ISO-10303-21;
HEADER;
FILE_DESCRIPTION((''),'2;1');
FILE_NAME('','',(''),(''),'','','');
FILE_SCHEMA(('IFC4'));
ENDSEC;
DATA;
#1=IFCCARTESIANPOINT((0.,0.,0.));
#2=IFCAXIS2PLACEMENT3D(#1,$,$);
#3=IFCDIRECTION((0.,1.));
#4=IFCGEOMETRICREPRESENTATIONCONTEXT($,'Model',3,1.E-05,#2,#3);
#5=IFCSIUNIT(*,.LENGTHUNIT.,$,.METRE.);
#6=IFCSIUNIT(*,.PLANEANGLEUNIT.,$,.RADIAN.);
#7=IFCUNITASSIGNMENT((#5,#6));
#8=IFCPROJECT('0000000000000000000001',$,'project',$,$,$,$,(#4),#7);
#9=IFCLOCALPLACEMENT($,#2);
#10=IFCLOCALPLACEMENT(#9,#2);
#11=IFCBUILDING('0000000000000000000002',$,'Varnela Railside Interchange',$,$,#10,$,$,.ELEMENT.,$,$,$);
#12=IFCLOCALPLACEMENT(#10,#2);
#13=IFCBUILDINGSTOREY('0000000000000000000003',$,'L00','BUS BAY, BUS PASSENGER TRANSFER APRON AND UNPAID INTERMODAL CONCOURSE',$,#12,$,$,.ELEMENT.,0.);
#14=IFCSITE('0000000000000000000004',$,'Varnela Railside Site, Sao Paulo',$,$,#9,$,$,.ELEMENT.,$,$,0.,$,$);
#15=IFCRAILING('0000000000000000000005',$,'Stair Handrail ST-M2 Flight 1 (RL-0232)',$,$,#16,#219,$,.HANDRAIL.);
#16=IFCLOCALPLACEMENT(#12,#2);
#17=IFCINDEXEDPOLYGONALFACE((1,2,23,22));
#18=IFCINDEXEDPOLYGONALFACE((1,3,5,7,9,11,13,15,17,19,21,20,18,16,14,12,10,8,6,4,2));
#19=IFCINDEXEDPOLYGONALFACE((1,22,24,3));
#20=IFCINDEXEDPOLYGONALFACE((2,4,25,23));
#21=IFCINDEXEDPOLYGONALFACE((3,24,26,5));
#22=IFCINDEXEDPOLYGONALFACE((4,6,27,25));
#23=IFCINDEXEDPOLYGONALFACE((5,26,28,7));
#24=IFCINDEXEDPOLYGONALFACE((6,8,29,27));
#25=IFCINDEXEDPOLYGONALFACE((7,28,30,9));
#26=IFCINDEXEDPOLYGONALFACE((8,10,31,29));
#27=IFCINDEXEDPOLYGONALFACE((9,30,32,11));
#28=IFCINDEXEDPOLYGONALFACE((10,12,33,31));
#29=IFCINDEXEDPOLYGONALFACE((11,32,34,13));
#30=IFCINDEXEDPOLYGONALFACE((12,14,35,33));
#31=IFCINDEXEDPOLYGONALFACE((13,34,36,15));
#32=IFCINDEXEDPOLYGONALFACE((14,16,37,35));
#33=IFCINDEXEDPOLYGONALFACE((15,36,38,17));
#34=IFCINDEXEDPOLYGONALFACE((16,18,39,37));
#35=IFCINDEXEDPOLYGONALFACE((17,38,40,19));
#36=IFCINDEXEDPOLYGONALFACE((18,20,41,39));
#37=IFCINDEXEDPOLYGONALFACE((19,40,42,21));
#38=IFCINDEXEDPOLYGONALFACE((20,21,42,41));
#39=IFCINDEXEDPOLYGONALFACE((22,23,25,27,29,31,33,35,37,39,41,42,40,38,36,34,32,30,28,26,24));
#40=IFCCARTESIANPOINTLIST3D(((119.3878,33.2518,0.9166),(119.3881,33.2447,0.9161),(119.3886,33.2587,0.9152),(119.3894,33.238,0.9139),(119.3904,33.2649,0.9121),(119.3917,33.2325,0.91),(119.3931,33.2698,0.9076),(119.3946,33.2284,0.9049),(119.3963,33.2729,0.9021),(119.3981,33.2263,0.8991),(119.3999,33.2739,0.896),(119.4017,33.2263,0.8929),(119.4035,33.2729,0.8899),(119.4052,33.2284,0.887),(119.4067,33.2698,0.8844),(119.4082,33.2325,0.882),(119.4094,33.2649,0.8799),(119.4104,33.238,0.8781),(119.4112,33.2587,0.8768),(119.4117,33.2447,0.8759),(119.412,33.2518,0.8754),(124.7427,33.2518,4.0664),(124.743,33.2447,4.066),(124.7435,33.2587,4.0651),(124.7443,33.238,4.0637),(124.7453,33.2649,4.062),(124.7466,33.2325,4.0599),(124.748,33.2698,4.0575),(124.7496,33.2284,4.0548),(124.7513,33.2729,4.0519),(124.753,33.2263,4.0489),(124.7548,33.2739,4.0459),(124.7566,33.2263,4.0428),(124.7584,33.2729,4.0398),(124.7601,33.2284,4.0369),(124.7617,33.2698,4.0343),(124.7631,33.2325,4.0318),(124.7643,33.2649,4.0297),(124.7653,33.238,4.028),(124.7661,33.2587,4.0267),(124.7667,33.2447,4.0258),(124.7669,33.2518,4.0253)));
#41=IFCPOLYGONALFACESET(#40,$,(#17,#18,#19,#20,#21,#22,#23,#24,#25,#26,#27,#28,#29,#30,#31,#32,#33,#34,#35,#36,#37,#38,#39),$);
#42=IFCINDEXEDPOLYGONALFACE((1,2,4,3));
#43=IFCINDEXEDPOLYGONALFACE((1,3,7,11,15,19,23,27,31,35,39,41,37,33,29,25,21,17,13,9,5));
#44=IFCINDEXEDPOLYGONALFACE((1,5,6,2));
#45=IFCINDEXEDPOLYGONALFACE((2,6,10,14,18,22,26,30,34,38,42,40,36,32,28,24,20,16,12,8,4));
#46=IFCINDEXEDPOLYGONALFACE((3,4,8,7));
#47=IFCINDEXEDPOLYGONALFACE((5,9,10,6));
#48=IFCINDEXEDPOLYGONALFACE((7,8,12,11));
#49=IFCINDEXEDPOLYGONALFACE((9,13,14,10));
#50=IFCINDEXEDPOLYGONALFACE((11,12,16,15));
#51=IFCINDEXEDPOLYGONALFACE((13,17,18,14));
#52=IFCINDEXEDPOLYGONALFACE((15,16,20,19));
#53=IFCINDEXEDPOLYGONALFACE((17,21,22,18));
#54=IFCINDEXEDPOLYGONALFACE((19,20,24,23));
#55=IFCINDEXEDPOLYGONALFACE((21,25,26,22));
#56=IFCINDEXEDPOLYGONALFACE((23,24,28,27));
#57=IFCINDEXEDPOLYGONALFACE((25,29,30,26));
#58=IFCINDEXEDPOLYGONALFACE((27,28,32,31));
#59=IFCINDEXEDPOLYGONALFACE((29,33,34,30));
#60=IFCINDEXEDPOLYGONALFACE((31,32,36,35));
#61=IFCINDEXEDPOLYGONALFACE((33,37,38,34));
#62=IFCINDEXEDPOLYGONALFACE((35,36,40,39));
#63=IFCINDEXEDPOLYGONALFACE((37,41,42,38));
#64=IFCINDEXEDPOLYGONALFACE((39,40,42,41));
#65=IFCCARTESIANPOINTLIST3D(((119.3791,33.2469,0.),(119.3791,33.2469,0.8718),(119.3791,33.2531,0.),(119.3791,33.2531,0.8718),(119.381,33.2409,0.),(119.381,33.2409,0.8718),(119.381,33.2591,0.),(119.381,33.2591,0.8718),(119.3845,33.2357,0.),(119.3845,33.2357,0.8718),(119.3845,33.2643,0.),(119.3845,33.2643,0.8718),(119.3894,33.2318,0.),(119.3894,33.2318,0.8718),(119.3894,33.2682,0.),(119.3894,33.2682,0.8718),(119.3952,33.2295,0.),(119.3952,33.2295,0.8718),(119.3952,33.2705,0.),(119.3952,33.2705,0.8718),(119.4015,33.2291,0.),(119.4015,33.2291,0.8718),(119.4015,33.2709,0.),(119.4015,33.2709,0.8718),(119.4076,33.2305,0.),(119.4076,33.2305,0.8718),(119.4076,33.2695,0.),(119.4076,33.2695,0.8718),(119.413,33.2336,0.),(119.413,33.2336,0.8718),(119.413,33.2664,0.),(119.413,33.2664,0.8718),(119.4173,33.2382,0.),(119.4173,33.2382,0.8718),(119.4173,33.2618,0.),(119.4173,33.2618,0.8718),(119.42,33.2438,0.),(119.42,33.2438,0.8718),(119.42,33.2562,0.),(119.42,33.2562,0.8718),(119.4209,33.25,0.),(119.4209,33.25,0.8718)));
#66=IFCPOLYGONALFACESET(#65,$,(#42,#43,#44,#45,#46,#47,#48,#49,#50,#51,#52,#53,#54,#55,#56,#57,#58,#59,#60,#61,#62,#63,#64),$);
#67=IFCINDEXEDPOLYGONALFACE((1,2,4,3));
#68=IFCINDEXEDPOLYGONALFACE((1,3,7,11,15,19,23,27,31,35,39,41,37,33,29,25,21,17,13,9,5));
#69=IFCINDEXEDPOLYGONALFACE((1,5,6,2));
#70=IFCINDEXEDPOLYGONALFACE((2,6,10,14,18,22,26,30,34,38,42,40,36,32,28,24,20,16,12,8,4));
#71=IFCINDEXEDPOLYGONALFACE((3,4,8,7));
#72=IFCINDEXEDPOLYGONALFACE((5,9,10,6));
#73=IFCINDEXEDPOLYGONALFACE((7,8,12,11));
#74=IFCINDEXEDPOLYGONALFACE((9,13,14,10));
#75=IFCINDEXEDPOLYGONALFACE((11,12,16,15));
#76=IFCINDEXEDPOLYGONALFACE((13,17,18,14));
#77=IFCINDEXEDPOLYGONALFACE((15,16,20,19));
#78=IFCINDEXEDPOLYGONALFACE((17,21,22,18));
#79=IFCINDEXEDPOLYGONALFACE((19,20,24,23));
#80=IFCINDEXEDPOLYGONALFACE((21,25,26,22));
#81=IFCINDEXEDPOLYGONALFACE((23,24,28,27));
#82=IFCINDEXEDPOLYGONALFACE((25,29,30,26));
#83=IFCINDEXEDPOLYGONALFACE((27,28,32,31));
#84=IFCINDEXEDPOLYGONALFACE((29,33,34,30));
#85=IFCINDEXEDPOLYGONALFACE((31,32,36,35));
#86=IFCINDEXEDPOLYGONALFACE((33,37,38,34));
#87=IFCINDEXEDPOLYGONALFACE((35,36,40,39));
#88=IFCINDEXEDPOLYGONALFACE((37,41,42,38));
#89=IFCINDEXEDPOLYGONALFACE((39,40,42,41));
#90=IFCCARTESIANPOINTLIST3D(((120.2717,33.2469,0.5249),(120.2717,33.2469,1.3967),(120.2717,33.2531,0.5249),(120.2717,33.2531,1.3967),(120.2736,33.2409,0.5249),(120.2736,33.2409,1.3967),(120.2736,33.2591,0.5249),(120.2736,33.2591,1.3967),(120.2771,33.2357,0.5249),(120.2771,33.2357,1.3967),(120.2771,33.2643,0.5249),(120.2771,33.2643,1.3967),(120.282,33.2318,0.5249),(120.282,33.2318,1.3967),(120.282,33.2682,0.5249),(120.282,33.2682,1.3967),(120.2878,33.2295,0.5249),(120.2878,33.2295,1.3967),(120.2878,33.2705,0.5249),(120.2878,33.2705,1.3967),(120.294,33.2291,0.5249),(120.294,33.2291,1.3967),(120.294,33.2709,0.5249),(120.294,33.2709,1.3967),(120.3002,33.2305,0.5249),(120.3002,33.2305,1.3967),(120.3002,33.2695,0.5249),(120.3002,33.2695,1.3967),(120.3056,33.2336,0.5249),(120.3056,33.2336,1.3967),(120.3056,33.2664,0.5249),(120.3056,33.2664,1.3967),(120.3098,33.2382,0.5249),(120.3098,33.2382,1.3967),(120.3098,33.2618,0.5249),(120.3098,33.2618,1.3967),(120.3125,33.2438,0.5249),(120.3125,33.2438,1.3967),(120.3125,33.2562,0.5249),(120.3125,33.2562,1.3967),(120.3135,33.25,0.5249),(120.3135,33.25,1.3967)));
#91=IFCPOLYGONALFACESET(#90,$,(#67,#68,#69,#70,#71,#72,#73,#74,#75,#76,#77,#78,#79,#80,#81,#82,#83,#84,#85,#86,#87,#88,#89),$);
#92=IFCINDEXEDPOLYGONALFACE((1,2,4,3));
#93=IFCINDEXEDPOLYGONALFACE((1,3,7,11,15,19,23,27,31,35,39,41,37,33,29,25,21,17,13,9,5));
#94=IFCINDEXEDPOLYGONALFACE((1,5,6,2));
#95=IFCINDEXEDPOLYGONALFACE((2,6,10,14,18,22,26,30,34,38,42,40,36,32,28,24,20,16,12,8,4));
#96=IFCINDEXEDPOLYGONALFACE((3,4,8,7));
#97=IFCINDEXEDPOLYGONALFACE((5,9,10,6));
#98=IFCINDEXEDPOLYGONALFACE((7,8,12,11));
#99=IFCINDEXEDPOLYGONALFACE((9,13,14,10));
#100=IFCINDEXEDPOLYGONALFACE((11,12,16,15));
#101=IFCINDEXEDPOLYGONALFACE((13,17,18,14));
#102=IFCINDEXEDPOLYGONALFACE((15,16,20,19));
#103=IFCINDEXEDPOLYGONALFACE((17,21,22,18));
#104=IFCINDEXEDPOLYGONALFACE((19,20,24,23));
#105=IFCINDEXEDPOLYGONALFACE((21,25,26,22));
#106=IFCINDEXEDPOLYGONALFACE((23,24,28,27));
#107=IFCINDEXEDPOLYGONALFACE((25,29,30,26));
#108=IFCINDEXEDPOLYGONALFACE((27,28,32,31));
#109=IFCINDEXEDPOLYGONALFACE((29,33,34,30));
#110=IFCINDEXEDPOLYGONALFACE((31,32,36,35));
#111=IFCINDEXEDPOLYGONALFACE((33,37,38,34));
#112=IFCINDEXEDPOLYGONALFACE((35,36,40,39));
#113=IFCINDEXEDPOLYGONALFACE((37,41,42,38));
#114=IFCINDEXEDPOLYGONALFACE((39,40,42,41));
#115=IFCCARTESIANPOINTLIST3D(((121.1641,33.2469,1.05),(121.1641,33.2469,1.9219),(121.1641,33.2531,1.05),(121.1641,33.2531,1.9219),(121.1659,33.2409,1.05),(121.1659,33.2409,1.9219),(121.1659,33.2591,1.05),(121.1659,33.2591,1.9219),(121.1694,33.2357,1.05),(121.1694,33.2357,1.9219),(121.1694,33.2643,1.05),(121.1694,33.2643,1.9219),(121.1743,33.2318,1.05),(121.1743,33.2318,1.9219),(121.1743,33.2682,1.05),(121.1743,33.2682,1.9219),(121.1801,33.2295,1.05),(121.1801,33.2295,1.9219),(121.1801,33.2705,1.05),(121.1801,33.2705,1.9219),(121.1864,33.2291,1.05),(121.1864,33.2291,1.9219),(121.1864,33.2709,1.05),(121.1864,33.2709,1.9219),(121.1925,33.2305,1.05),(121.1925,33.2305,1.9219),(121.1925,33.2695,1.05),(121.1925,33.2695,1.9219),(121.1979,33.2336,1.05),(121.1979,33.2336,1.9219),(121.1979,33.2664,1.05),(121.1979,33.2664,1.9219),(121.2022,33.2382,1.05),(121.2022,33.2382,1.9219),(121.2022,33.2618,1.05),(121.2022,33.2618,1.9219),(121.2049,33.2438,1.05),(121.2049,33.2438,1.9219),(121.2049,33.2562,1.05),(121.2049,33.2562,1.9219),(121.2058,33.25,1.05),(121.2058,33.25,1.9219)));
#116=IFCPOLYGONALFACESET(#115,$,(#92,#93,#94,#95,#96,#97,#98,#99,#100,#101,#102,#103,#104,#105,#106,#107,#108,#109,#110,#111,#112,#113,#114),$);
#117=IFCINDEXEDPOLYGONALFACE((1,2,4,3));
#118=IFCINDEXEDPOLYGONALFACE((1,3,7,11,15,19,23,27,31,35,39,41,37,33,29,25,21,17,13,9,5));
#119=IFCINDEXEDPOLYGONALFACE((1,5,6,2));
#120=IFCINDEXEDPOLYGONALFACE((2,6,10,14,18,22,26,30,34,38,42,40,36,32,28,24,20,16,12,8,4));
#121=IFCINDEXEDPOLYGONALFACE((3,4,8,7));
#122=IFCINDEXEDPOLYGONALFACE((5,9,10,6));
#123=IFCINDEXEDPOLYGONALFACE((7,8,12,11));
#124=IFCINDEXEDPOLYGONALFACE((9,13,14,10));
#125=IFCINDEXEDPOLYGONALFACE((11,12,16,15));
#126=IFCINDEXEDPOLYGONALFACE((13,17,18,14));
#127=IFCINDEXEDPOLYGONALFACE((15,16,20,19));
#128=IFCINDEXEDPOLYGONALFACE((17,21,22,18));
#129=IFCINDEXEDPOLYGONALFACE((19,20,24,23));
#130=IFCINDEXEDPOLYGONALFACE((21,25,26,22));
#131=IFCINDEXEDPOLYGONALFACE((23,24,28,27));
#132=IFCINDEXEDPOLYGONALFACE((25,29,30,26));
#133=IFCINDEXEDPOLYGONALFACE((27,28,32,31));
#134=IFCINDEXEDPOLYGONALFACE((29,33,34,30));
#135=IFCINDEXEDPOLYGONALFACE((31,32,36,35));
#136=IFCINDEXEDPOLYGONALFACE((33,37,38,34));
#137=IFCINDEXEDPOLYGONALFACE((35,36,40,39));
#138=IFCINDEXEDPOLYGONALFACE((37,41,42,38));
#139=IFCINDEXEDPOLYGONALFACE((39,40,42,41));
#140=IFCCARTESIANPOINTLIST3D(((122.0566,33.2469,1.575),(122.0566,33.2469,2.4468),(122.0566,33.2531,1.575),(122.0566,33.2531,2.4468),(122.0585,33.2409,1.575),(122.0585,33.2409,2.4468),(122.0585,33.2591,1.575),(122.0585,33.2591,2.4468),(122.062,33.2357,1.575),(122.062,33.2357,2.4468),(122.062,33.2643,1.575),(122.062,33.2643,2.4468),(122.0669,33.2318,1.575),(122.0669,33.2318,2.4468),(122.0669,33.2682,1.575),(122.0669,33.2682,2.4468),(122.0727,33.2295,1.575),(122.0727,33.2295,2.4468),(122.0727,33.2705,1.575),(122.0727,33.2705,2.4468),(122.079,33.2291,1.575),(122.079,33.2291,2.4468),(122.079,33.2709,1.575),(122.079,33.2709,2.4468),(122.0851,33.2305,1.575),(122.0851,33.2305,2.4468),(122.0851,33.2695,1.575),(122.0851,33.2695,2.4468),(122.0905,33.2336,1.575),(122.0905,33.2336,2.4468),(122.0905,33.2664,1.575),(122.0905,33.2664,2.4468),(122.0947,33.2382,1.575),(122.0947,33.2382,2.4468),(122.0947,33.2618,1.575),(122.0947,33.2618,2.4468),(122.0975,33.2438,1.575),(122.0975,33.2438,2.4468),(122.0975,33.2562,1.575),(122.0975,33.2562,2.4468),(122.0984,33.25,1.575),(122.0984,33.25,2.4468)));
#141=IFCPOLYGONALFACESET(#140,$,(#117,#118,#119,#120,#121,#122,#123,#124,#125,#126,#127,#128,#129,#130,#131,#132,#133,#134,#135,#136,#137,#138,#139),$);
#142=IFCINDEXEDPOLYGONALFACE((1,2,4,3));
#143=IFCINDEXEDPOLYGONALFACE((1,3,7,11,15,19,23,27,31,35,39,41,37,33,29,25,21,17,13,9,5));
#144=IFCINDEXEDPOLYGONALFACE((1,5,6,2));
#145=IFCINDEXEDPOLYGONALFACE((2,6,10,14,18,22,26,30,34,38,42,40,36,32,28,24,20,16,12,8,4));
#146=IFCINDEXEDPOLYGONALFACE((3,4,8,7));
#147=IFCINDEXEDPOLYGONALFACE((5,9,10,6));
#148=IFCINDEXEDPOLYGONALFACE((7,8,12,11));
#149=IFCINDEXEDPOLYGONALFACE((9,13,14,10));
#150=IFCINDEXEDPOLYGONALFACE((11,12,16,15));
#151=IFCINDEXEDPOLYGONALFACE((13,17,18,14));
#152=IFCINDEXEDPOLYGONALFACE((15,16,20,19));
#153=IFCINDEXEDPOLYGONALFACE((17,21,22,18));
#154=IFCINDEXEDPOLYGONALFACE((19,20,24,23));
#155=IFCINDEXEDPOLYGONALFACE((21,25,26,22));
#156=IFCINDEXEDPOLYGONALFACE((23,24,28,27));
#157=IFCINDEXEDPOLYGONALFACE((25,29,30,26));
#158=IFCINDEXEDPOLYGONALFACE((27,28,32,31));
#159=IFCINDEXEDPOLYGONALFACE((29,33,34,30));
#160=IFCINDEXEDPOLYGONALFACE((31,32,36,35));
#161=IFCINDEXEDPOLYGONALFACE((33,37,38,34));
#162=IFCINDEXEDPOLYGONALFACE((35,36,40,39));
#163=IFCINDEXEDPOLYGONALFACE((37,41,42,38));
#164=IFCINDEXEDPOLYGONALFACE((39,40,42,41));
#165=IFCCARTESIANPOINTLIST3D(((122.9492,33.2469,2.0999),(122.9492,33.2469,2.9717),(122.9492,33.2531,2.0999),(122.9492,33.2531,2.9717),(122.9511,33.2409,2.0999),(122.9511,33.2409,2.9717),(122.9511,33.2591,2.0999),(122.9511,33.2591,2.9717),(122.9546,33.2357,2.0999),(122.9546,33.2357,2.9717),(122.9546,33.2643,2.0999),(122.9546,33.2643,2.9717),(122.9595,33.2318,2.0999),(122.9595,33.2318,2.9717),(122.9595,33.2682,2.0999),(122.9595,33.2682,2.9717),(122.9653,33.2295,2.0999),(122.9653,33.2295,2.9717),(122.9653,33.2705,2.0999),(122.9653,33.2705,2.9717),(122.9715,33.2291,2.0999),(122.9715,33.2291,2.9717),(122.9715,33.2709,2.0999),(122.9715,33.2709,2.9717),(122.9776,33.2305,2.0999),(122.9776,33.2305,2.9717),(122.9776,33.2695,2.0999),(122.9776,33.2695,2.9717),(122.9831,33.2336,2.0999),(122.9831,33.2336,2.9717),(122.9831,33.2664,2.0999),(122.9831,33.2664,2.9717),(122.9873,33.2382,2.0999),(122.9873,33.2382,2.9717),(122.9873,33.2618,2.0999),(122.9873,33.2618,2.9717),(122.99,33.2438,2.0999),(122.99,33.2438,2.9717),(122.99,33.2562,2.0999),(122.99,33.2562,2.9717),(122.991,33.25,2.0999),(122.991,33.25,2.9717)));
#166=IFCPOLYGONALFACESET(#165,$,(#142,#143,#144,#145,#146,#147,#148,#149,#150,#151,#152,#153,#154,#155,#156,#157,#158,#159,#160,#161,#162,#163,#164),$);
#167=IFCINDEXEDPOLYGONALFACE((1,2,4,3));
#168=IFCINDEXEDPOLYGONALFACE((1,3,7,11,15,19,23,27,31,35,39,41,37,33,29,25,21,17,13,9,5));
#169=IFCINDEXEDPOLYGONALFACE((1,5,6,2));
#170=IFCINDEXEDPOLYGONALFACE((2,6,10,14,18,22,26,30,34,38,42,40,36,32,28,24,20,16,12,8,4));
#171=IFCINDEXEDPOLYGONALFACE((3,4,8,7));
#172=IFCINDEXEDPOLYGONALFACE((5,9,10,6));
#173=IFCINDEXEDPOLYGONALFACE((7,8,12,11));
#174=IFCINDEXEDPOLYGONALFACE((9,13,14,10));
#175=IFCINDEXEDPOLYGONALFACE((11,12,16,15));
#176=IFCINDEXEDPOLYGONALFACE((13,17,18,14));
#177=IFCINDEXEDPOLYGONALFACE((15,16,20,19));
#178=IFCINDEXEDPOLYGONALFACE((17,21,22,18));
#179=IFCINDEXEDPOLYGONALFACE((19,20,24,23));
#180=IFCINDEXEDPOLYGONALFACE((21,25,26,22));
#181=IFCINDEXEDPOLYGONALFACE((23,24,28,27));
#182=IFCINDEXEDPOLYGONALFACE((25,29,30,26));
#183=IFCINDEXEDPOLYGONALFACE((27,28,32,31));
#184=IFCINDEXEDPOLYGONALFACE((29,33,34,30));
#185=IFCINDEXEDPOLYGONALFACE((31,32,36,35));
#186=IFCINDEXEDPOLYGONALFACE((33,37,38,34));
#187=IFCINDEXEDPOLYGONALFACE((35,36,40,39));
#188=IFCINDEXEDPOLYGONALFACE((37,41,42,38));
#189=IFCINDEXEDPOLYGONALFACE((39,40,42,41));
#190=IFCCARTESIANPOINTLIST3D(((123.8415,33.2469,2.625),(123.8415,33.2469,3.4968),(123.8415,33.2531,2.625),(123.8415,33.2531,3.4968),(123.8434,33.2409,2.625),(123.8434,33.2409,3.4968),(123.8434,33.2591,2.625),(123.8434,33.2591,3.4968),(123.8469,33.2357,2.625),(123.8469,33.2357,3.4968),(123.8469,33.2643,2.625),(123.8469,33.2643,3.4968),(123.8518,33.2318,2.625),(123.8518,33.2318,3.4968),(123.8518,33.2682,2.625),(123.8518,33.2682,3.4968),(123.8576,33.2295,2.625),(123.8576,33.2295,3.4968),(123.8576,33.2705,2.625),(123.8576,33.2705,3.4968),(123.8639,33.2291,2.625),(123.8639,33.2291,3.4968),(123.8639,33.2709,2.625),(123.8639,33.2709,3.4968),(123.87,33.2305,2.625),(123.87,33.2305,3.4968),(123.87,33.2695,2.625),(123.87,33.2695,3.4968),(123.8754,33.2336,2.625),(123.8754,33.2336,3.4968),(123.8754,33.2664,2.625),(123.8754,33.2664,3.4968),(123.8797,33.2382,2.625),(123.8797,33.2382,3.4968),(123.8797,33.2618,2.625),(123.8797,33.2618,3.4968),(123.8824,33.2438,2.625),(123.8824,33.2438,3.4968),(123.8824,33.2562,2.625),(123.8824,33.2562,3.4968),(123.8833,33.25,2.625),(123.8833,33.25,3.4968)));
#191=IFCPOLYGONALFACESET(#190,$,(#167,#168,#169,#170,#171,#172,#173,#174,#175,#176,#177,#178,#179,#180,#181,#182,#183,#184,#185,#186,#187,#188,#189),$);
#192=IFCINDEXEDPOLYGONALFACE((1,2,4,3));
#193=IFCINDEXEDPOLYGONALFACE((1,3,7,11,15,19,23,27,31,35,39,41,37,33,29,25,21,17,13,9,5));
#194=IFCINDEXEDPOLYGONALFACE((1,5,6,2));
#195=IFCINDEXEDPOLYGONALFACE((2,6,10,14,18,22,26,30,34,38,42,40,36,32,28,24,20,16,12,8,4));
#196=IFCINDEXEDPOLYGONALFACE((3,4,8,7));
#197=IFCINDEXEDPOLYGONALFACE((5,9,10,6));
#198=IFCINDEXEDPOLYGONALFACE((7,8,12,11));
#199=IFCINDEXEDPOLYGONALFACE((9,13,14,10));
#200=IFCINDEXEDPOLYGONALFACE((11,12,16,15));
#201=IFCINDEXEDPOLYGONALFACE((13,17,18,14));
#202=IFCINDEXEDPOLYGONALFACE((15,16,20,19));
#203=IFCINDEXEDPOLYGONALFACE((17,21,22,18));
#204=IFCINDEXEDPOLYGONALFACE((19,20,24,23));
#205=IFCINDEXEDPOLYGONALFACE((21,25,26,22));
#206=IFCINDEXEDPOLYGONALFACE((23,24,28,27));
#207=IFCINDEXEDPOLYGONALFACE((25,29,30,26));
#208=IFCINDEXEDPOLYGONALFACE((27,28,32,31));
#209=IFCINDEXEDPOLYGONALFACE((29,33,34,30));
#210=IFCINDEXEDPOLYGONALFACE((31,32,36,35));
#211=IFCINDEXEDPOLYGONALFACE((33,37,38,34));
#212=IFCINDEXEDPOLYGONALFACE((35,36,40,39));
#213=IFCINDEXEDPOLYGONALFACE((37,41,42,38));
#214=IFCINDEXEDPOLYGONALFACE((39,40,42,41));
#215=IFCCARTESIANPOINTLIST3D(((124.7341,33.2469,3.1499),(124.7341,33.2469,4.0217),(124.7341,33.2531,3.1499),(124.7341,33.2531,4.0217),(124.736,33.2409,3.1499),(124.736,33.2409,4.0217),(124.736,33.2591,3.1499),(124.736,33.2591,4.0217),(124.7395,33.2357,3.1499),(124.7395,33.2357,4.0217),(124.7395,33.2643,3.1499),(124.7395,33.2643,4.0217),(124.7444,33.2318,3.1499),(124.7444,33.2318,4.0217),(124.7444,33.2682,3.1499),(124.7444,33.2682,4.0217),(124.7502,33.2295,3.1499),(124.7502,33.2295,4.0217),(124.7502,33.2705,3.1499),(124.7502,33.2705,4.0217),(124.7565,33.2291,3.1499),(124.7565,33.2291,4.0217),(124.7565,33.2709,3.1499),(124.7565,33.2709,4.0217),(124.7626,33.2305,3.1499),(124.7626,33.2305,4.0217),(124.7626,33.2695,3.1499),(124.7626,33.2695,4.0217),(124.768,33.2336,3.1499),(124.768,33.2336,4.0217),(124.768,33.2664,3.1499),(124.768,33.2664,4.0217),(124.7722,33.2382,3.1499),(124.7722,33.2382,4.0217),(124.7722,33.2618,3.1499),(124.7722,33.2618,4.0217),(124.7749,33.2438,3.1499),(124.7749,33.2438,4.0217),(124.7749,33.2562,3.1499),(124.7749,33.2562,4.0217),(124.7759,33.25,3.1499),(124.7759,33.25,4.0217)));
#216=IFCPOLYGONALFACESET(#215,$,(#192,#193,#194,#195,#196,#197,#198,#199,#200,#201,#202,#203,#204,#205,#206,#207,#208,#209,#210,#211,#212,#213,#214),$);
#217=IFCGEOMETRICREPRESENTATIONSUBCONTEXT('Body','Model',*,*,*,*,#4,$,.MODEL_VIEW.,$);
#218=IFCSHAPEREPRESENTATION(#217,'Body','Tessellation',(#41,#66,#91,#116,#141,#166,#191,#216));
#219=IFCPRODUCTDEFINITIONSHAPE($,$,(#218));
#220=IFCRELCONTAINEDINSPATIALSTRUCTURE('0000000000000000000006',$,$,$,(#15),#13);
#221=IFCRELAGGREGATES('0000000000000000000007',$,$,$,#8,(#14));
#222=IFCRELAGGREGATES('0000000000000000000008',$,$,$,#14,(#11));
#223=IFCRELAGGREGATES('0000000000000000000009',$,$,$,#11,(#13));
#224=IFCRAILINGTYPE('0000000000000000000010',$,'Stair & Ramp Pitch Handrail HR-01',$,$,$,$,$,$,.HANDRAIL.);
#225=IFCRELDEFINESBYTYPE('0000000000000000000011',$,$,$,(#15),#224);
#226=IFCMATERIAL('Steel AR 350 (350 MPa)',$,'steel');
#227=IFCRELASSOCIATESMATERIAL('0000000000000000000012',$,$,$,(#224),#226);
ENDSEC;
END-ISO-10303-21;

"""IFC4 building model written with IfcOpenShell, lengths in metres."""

from ifc_helpers import new_model, si_unit, direction, frame, origin, origin_2d, place, context, subcontext, project, spatial, circle, extrude, material, type_object, element, save


model = new_model("IFC4")

# Units and contexts
model_context = context("Model", 3, precision=1e-05, world=origin(), true_north=direction((0.0, 1.0)))
body_context = subcontext(model_context, "Body", "Model", "MODEL_VIEW")
ifc_project = project(units=[si_unit("LENGTHUNIT", "METRE"), si_unit("PLANEANGLEUNIT", "RADIAN")], contexts=[model_context])

# Site, building, storey
site_placement = place(None, origin())
site = spatial("IfcSite", under=ifc_project, at=site_placement, Name="Varnela Railside Site, Sao Paulo", CompositionType="ELEMENT", RefElevation=0.0)
building_placement = place(site_placement, origin())
building = spatial("IfcBuilding", under=site, at=building_placement, Name="Varnela Railside Interchange", CompositionType="ELEMENT")
storey_placement = place(building_placement, origin())
storey = spatial("IfcBuildingStorey", under=building, at=storey_placement, Name="L00", Description="BUS BAY, BUS PASSENGER TRANSFER APRON AND UNPAID INTERMODAL CONCOURSE", CompositionType="ELEMENT", Elevation=0.0)

# Shared definitions
ifc_material_1 = material(Name="Steel AR 350 (350 MPa)", Category="steel")

# Railing
railing_type_1 = type_object("IfcRailingType", Name="Stair & Ramp Pitch Handrail HR-01", PredefinedType="HANDRAIL", material=ifc_material_1)
railing_1_placement = place(storey_placement, frame((119.3999, 33.25, 0.0)))
element("IfcRailing", 1, at=railing_1_placement, inside=storey, type_object=railing_type_1, Name="Stair Handrail ST-M2 Flight 1 (RL-0232)", PredefinedType="HANDRAIL", context=body_context, shape_type="SweptSolid", body=[
    extrude(circle(Radius=0.0239, at=origin_2d()), frame((0.0, 0.0, 0.896), z_axis=(0.86194, 0.0, 0.50701), x_axis=(0.0, 1.0, 0.0)), (0.0, 0.0, 1.0), 6.2126),
    extrude(circle(Radius=0.021, at=origin_2d()), origin(), (0.0, 0.0, 1.0), 0.8718),
    extrude(circle(Radius=0.021, at=origin_2d()), frame((0.8926, 0.0, 0.5249)), (0.0, 0.0, 1.0), 0.8718),
    extrude(circle(Radius=0.021, at=origin_2d()), frame((1.7849, 0.0, 1.05)), (0.0, 0.0, 1.0), 0.8718),
    extrude(circle(Radius=0.021, at=origin_2d()), frame((2.6775, 0.0, 1.575)), (0.0, 0.0, 1.0), 0.8718),
    extrude(circle(Radius=0.021, at=origin_2d()), frame((3.5701, 0.0, 2.0999)), (0.0, 0.0, 1.0), 0.8718),
    extrude(circle(Radius=0.021, at=origin_2d()), frame((4.4624, 0.0, 2.625)), (0.0, 0.0, 1.0), 0.8718),
    extrude(circle(Radius=0.021, at=origin_2d()), frame((5.355, 0.0, 3.1499)), (0.0, 0.0, 1.0), 0.8718),
])

save(model, "model.ifc")
